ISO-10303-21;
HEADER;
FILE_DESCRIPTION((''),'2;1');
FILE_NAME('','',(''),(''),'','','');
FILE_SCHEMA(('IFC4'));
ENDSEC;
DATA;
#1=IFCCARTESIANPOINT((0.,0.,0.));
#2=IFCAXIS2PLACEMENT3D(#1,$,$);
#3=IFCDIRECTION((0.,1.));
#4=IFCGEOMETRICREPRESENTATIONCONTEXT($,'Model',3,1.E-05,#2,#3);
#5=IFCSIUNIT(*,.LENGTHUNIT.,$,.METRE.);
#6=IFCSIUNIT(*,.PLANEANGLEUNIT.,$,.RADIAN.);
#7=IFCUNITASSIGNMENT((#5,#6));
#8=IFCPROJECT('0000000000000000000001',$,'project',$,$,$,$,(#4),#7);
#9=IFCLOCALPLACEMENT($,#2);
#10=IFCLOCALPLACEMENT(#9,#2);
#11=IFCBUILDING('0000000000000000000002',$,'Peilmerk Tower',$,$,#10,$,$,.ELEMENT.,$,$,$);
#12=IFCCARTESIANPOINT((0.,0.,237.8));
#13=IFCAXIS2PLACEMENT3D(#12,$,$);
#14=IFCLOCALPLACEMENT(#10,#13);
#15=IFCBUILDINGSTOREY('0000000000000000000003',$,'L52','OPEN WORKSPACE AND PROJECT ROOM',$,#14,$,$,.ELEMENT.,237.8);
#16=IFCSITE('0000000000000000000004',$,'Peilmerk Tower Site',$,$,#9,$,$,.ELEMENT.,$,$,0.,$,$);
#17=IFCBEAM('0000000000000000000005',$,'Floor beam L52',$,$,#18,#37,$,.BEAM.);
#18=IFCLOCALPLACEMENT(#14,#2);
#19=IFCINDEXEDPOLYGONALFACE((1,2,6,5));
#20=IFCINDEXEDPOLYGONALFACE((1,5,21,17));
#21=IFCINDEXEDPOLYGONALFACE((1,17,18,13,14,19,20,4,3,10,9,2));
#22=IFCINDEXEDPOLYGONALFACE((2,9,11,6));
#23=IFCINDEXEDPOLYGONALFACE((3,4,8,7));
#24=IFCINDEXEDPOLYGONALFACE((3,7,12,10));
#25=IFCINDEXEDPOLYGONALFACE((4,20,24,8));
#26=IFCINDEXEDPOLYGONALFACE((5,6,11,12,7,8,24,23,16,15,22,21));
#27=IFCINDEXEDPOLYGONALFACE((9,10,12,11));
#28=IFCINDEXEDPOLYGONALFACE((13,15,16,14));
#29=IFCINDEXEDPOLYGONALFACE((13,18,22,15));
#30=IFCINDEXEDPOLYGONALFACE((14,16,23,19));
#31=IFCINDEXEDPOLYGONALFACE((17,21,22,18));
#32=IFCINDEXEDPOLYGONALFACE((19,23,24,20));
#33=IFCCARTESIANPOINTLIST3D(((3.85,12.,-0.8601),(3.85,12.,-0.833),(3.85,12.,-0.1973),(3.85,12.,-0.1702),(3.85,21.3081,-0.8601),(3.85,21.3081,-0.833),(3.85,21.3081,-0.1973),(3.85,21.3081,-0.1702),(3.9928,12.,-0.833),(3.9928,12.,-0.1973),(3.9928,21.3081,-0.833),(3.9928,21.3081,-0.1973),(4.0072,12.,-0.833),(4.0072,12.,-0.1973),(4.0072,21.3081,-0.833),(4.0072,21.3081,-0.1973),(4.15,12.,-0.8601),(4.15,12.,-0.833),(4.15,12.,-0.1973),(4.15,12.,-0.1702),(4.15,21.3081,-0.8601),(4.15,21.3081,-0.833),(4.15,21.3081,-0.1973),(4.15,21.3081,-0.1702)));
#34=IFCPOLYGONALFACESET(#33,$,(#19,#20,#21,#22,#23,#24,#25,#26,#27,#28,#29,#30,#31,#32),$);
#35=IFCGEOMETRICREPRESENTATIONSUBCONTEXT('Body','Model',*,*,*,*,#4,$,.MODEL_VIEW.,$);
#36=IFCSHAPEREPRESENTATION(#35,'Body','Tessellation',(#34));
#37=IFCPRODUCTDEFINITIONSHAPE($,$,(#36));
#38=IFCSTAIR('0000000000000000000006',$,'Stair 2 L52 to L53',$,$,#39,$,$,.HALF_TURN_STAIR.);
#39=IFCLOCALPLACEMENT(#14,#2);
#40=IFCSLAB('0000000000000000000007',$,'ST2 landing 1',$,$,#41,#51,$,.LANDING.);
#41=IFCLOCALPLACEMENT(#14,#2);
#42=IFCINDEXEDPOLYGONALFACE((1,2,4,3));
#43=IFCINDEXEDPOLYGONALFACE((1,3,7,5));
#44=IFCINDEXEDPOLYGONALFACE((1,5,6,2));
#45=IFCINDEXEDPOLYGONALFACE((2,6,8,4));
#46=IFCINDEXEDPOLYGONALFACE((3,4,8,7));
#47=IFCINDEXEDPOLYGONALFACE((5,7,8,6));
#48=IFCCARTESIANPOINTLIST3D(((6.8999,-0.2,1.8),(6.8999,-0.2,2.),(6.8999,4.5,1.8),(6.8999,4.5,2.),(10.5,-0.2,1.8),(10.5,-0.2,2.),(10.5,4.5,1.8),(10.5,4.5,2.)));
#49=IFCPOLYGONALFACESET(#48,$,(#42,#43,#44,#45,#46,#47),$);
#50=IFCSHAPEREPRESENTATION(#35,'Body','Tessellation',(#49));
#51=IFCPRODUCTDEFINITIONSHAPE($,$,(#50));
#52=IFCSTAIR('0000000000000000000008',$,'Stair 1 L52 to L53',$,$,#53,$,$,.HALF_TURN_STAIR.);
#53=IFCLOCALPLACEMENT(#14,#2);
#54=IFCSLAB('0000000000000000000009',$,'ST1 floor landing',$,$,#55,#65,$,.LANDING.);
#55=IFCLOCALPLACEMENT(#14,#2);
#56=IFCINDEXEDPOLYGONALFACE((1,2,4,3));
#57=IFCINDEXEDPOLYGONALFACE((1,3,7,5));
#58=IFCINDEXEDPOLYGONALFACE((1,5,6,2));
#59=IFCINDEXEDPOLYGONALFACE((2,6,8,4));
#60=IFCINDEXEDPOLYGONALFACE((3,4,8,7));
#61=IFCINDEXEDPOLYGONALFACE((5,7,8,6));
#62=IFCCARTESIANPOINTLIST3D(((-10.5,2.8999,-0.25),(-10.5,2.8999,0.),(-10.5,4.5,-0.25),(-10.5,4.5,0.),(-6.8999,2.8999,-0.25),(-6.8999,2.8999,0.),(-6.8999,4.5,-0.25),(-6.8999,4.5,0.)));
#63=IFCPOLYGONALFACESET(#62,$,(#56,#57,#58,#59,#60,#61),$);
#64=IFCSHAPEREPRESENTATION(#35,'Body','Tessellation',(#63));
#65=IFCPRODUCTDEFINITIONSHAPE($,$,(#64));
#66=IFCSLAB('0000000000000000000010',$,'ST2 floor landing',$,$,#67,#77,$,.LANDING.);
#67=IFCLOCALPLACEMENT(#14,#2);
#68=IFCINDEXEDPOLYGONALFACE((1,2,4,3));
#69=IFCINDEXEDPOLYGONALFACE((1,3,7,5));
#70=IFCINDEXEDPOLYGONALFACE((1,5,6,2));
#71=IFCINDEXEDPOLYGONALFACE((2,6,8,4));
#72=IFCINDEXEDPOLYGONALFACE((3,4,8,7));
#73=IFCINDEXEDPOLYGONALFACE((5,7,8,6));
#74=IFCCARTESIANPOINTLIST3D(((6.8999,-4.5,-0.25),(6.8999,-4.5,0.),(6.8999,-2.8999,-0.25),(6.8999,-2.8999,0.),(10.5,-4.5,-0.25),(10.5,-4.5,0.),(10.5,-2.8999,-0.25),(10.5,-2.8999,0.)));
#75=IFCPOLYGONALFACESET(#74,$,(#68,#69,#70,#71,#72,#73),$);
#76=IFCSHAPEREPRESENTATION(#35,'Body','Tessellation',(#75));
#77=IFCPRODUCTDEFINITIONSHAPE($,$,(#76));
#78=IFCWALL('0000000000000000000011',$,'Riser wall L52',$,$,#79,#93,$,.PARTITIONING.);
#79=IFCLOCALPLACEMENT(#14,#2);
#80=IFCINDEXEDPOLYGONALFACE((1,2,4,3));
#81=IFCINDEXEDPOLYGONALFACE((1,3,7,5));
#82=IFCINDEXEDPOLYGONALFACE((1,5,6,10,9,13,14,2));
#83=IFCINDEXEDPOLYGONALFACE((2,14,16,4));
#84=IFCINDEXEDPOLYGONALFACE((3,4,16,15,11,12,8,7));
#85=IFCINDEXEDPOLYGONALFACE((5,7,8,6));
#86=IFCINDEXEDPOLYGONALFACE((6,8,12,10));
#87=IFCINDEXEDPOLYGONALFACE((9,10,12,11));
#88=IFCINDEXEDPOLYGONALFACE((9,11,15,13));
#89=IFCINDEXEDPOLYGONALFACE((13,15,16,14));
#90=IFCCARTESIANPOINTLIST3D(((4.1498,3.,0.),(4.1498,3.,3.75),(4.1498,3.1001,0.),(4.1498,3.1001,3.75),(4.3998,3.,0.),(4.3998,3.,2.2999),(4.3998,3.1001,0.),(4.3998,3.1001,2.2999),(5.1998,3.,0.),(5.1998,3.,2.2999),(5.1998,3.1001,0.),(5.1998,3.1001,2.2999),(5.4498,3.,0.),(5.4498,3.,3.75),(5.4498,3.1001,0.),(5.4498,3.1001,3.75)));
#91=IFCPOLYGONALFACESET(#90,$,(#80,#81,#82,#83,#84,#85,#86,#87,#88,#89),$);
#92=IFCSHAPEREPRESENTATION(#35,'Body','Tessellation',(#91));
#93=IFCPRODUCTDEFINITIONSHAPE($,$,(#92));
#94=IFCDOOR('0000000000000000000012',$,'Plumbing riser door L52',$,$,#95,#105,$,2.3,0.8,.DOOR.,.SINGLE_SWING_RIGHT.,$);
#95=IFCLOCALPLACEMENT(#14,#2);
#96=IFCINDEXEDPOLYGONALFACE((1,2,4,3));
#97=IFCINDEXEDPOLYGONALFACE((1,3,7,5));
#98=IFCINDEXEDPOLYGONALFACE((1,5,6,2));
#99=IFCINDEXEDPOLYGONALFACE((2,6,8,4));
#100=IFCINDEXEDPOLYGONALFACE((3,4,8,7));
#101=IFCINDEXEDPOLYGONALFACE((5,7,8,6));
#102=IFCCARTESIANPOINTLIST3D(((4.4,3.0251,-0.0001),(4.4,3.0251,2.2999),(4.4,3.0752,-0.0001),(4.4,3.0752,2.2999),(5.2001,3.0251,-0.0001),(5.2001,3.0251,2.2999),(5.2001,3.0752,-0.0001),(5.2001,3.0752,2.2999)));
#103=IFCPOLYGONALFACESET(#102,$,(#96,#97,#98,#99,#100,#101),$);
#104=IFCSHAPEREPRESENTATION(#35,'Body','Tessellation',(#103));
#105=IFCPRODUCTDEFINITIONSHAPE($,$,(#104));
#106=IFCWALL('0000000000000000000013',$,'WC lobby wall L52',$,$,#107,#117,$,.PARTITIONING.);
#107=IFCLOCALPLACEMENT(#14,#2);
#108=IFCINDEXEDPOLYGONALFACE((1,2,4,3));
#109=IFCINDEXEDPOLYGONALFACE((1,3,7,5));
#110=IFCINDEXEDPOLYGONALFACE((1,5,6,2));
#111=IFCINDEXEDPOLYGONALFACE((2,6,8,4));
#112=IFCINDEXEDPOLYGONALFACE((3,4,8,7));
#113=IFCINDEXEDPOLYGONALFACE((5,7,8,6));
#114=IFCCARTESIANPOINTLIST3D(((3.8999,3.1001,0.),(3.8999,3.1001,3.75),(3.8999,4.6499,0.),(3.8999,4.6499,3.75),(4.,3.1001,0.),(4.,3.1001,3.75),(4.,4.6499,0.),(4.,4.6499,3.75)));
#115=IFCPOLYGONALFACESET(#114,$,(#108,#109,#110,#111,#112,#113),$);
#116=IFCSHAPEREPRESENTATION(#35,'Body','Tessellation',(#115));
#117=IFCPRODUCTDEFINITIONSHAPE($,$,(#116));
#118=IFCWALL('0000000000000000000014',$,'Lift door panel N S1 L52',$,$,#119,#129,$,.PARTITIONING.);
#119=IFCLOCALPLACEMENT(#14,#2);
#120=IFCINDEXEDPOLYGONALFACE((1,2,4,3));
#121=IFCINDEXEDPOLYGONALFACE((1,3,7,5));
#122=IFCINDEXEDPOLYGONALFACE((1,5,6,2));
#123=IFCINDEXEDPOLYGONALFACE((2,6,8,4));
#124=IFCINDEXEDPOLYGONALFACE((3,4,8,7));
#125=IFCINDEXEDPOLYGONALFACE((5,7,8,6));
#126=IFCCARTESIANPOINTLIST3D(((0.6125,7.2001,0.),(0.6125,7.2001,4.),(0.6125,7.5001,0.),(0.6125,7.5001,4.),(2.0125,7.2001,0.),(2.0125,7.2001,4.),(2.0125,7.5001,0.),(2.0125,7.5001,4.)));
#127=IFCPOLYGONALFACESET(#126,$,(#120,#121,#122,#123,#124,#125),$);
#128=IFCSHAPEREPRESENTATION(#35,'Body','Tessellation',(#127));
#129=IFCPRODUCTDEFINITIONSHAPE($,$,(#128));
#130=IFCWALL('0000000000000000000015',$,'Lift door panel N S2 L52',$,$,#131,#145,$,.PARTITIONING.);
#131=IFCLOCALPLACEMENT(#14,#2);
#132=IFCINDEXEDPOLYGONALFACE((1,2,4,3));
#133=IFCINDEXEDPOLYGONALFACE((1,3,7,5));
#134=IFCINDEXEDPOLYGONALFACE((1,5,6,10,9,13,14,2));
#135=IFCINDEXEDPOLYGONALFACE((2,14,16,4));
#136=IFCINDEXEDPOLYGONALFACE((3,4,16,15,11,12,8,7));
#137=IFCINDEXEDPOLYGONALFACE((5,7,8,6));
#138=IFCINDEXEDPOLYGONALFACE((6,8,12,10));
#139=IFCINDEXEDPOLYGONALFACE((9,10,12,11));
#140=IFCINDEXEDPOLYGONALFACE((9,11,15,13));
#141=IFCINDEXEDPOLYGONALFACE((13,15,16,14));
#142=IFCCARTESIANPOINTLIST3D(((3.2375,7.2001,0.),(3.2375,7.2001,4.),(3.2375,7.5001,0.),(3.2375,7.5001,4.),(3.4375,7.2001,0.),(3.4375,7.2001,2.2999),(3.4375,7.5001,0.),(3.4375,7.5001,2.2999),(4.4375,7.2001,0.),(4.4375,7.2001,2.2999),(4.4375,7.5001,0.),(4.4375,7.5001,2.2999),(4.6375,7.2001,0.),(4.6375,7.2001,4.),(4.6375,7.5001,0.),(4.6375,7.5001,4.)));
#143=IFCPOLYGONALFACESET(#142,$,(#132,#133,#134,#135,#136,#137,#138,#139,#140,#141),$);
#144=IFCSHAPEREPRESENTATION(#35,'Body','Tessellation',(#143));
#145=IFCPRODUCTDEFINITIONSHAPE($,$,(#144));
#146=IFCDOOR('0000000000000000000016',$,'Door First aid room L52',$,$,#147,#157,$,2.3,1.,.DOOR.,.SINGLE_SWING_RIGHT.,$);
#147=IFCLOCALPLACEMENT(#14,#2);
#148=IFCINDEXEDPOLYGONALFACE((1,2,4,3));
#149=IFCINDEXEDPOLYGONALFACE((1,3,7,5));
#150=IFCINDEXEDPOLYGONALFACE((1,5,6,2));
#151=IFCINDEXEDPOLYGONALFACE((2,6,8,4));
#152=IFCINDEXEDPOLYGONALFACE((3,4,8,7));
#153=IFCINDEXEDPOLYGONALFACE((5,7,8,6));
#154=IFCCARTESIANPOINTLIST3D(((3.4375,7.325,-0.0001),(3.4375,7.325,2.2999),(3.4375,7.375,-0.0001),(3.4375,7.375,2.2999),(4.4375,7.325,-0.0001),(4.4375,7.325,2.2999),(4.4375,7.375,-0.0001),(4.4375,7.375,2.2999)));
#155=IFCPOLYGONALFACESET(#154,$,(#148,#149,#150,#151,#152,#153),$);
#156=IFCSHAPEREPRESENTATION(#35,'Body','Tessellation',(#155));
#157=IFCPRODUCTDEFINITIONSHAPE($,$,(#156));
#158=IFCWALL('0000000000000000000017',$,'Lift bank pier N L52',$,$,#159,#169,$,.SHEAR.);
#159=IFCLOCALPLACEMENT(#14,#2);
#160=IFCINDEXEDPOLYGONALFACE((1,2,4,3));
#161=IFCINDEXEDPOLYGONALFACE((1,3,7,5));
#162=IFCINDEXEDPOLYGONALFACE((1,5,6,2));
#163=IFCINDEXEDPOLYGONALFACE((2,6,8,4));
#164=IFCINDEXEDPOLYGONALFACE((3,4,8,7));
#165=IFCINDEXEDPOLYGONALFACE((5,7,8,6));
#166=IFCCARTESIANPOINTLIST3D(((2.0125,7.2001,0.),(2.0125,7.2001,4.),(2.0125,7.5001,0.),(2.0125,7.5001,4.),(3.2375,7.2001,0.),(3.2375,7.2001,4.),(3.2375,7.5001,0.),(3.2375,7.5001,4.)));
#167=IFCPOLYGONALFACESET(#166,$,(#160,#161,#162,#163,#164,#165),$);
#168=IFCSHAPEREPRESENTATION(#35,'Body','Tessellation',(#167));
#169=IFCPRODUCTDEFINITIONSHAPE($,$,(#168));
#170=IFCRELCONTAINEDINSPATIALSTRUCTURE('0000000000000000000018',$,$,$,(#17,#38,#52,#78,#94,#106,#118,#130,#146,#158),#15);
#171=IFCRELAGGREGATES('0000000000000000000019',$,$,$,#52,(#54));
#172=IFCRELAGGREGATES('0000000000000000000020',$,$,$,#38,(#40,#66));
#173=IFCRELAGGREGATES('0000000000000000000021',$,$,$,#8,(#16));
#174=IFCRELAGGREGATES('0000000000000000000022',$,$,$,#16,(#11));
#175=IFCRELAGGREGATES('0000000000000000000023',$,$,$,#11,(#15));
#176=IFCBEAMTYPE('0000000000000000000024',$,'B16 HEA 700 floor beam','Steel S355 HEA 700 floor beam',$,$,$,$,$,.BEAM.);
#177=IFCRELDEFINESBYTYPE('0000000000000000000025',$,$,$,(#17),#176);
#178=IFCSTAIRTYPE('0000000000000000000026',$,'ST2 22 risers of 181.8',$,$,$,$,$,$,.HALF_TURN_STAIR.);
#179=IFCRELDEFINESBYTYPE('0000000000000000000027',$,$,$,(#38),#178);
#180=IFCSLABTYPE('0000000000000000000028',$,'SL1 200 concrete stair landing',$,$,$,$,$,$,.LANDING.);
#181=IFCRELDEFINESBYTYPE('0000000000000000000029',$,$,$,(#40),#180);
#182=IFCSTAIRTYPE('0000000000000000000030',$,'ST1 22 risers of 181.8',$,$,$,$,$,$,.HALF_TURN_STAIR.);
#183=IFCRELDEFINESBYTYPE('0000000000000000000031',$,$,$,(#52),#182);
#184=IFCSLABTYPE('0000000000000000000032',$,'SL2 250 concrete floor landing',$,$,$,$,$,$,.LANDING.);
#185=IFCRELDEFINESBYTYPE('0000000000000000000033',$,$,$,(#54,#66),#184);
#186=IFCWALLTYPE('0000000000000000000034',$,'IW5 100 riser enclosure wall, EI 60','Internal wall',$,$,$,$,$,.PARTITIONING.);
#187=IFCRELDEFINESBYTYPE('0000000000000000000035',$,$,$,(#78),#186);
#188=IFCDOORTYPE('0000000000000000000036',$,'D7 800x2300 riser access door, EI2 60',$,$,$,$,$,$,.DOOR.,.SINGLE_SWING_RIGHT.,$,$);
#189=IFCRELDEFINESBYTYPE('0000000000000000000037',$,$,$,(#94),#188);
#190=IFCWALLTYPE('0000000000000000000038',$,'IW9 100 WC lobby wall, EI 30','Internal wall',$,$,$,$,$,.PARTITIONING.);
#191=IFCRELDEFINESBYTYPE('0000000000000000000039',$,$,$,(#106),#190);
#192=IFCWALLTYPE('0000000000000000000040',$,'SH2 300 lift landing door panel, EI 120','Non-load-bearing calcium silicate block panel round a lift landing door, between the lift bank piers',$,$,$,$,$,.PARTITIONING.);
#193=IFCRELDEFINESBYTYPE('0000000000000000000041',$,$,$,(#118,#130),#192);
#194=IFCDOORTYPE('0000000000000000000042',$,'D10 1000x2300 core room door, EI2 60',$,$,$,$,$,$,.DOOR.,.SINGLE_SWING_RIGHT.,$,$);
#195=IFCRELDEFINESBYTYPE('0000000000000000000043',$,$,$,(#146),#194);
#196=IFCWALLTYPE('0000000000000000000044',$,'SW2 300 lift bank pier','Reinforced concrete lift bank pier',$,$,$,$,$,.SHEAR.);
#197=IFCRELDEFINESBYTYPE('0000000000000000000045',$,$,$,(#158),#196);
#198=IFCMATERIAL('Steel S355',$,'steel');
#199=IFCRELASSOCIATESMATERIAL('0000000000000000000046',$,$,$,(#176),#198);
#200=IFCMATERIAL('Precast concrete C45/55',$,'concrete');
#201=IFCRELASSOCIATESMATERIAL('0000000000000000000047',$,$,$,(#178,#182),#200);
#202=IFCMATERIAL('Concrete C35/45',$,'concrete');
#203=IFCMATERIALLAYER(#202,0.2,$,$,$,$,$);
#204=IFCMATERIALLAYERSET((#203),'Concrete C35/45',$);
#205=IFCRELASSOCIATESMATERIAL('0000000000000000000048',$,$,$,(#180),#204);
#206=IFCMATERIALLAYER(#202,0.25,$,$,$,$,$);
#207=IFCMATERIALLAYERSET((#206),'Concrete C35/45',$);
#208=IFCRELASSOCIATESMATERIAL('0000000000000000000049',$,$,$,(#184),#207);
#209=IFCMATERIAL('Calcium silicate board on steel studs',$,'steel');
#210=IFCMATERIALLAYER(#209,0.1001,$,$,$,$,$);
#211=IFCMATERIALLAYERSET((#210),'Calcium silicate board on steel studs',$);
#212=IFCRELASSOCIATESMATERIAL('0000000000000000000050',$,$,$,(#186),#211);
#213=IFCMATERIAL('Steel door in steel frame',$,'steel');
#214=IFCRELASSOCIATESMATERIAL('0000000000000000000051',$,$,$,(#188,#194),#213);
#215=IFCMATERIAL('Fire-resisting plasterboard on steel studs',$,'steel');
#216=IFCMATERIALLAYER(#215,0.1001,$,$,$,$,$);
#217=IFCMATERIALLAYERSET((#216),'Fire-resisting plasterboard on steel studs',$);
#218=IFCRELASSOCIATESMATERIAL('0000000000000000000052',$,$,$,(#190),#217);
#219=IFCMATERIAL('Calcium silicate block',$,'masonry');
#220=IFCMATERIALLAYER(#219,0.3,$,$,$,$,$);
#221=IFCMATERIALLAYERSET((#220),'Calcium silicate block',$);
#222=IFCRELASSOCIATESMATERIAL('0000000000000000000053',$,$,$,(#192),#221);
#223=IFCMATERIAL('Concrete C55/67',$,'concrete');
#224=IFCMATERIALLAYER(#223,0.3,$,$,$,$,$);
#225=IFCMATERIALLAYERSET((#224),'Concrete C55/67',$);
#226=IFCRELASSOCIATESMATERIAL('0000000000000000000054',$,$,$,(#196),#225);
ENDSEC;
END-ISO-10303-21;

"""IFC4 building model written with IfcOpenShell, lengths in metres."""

from ifc_helpers import new_model, si_unit, direction, frame, frame_2d, origin, origin_2d, place, context, subcontext, project, spatial, polyline, rectangle, i_section, outline, extrude, material, layer, layer_set, material_profile, profile_set, type_object, element, fill, aggregate, save


model = new_model("IFC4")

# Units and contexts
model_context = context("Model", 3, precision=1e-05, world=origin(), true_north=direction((0.0, 1.0)))
body_context = subcontext(model_context, "Body", "Model", "MODEL_VIEW")
ifc_project = project(units=[si_unit("LENGTHUNIT", "METRE"), si_unit("PLANEANGLEUNIT", "RADIAN")], contexts=[model_context])

# Site, building, storey
site_placement = place(None, origin())
site = spatial("IfcSite", under=ifc_project, at=site_placement, Name="Peilmerk Tower Site", CompositionType="ELEMENT", RefElevation=0.0)
building_placement = place(site_placement, origin())
building = spatial("IfcBuilding", under=site, at=building_placement, Name="Peilmerk Tower", CompositionType="ELEMENT")
storey_placement = place(building_placement, frame((0.0, 0.0, 237.8)))
storey = spatial("IfcBuildingStorey", under=building, at=storey_placement, Name="L52", Description="OPEN WORKSPACE AND PROJECT ROOM", CompositionType="ELEMENT", Elevation=237.8)

# Beam
ifc_material_1 = material(Name="Steel S355", Category="steel")
ifc_material_profile = material_profile(ifc_material_1, i_section(OverallWidth=0.3, OverallDepth=0.6899, WebThickness=0.0144, FlangeThickness=0.0271, at=origin_2d()), Name="HEA 700")
ifc_profile_set = profile_set([ifc_material_profile], Name="Steel S355")
beam_type = type_object("IfcBeamType", Name="B16 HEA 700 floor beam", Description="Steel S355 HEA 700 floor beam", PredefinedType="BEAM", material=ifc_profile_set)
beam_placement = place(storey_placement, frame((4.0, 12.0, -0.5151), z_axis=(0.0, 1.0, 0.0), x_axis=(-1.0, 0.0, 0.0)))
element("IfcBeam", 1, at=beam_placement, inside=storey, type_object=beam_type, Name="Floor beam L52", PredefinedType="BEAM", context=body_context, shape_type="SweptSolid", body=[
    extrude(i_section(OverallWidth=0.3, OverallDepth=0.6899, WebThickness=0.0144, FlangeThickness=0.0271, at=origin_2d()), origin(), (0.0, 0.0, 1.0), 9.3081),
])

# Stairs, slabs
ifc_material_2 = material(Name="Precast concrete C45/55", Category="concrete")
stair_type_1 = type_object("IfcStairType", Name="ST2 22 risers of 181.8", PredefinedType="HALF_TURN_STAIR", material=ifc_material_2)
stair_1_placement = place(storey_placement, origin())
stair_1 = element("IfcStair", 2, at=stair_1_placement, inside=storey, type_object=stair_type_1, Name="Stair 2 L52 to L53", PredefinedType="HALF_TURN_STAIR")
ifc_material_3 = material(Name="Concrete C35/45", Category="concrete")
ifc_layer_1 = layer(ifc_material_3, 0.2)
ifc_layer_set_1 = layer_set([ifc_layer_1], Name="Concrete C35/45")
slab_type_1 = type_object("IfcSlabType", Name="SL1 200 concrete stair landing", PredefinedType="LANDING", material=ifc_layer_set_1)
slab_1_placement = place(storey_placement, frame((0.0, 0.0, 1.8)))
slab_1 = element("IfcSlab", 3, at=slab_1_placement, type_object=slab_type_1, Name="ST2 landing 1", PredefinedType="LANDING", context=body_context, shape_type="SweptSolid", body=[
    extrude(outline(polyline([(6.8999, -0.2), (10.5, -0.2), (10.5, 4.5), (6.8999, 4.5), (6.8999, -0.2)])), origin(), (0.0, 0.0, 1.0), 0.2),
])
stair_type_2 = type_object("IfcStairType", Name="ST1 22 risers of 181.8", PredefinedType="HALF_TURN_STAIR", material=ifc_material_2)
stair_2_placement = place(storey_placement, origin())
stair_2 = element("IfcStair", 4, at=stair_2_placement, inside=storey, type_object=stair_type_2, Name="Stair 1 L52 to L53", PredefinedType="HALF_TURN_STAIR")
ifc_layer_2 = layer(ifc_material_3, 0.25)
ifc_layer_set_2 = layer_set([ifc_layer_2], Name="Concrete C35/45")
slab_type_2 = type_object("IfcSlabType", Name="SL2 250 concrete floor landing", PredefinedType="LANDING", material=ifc_layer_set_2)
slab_2_placement = place(storey_placement, frame((0.0, 0.0, -0.25)))
slab_2 = element("IfcSlab", 5, at=slab_2_placement, type_object=slab_type_2, Name="ST1 floor landing", PredefinedType="LANDING", context=body_context, shape_type="SweptSolid", body=[
    extrude(outline(polyline([(-10.5, 2.8999), (-6.8999, 2.8999), (-6.8999, 4.5), (-10.5, 4.5), (-10.5, 2.8999)])), origin(), (0.0, 0.0, 1.0), 0.25),
])
aggregate(stair_2, [slab_2])

# Slab
slab_3_placement = place(storey_placement, frame((0.0, 0.0, -0.25)))
slab_3 = element("IfcSlab", 6, at=slab_3_placement, type_object=slab_type_2, Name="ST2 floor landing", PredefinedType="LANDING", context=body_context, shape_type="SweptSolid", body=[
    extrude(outline(polyline([(6.8999, -4.5), (10.5, -4.5), (10.5, -2.8999), (6.8999, -2.8999), (6.8999, -4.5)])), origin(), (0.0, 0.0, 1.0), 0.25),
])
aggregate(stair_1, [slab_1, slab_3])

# Wall, opening, door
ifc_material_4 = material(Name="Calcium silicate board on steel studs", Category="steel")
ifc_layer_3 = layer(ifc_material_4, 0.1001)
ifc_layer_set_3 = layer_set([ifc_layer_3], Name="Calcium silicate board on steel studs")
wall_type_1 = type_object("IfcWallType", Name="IW5 100 riser enclosure wall, EI 60", Description="Internal wall", PredefinedType="PARTITIONING", material=ifc_layer_set_3)
wall_1_placement = place(storey_placement, frame((4.1499, 3.05, 0.0), z_axis=(0.0, 0.0, 1.0), x_axis=(1.0, 0.0, 0.0)))
wall_1 = element("IfcWall", 7, at=wall_1_placement, inside=storey, type_object=wall_type_1, Name="Riser wall L52", PredefinedType="PARTITIONING", context=body_context, shape_type="SweptSolid", body=[
    extrude(rectangle(XDim=1.3, YDim=0.1001, at=frame_2d((0.6499, 0.0))), origin(), (0.0, 0.0, 1.0), 3.75),
])
opening_1_placement = place(wall_1_placement, frame((0.25, 0.0, 0.0)))
opening_1 = element("IfcOpeningElement", 8, at=opening_1_placement, cuts=wall_1, PredefinedType="OPENING", context=body_context, shape_type="SweptSolid", body=[
    extrude(rectangle(XDim=0.8, YDim=2.3, at=frame_2d((0.3999, 1.1499))), frame((0.0, 0.0601, 0.0), z_axis=(0.0, -1.0, 0.0), x_axis=(1.0, 0.0, 0.0)), (0.0, 0.0, 1.0), 0.1201),
])
ifc_material_5 = material(Name="Steel door in steel frame", Category="steel")
door_type_1 = type_object("IfcDoorType", Name="D7 800x2300 riser access door, EI2 60", OperationType="SINGLE_SWING_RIGHT", PredefinedType="DOOR", material=ifc_material_5)
door_1_placement = place(opening_1_placement, frame((0.8, 0.0, 0.0), z_axis=(0.0, 0.0, 1.0), x_axis=(-1.0, 0.0, 0.0)))
door_1 = element("IfcDoor", 9, at=door_1_placement, inside=storey, type_object=door_type_1, Name="Plumbing riser door L52", OperationType="SINGLE_SWING_RIGHT", OverallHeight=2.3, OverallWidth=0.8, PredefinedType="DOOR", context=body_context, shape_type="SweptSolid", body=[
    extrude(rectangle(XDim=0.8, YDim=2.3, at=frame_2d((0.3999, 1.1499))), frame((0.0, 0.0249, 0.0), z_axis=(0.0, -1.0, 0.0), x_axis=(1.0, 0.0, 0.0)), (0.0, 0.0, 1.0), 0.05),
])
fill(opening_1, door_1)

# Walls
ifc_material_6 = material(Name="Fire-resisting plasterboard on steel studs", Category="steel")
ifc_layer_4 = layer(ifc_material_6, 0.1001)
ifc_layer_set_4 = layer_set([ifc_layer_4], Name="Fire-resisting plasterboard on steel studs")
wall_type_2 = type_object("IfcWallType", Name="IW9 100 WC lobby wall, EI 30", Description="Internal wall", PredefinedType="PARTITIONING", material=ifc_layer_set_4)
wall_2_placement = place(storey_placement, frame((3.95, 3.1001, 0.0), z_axis=(0.0, 0.0, 1.0), x_axis=(0.0, 1.0, 0.0)))
element("IfcWall", 10, at=wall_2_placement, inside=storey, type_object=wall_type_2, Name="WC lobby wall L52", PredefinedType="PARTITIONING", context=body_context, shape_type="SweptSolid", body=[
    extrude(rectangle(XDim=1.5498, YDim=0.1001, at=frame_2d((0.7749, 0.0))), origin(), (0.0, 0.0, 1.0), 3.75),
])
ifc_material_7 = material(Name="Calcium silicate block", Category="masonry")
ifc_layer_5 = layer(ifc_material_7, 0.3)
ifc_layer_set_5 = layer_set([ifc_layer_5], Name="Calcium silicate block")
wall_type_3 = type_object("IfcWallType", Name="SH2 300 lift landing door panel, EI 120", Description="Non-load-bearing calcium silicate block panel round a lift landing door, between the lift bank piers", PredefinedType="PARTITIONING", material=ifc_layer_set_5)
wall_3_placement = place(storey_placement, frame((0.6125, 7.3501, 0.0), z_axis=(0.0, 0.0, 1.0), x_axis=(1.0, 0.0, 0.0)))
element("IfcWall", 11, at=wall_3_placement, inside=storey, type_object=wall_type_3, Name="Lift door panel N S1 L52", PredefinedType="PARTITIONING", context=body_context, shape_type="SweptSolid", body=[
    extrude(rectangle(XDim=1.3999, YDim=0.3, at=frame_2d((0.7, 0.0))), origin(), (0.0, 0.0, 1.0), 4.0),
])

# Wall, opening, door
wall_4_placement = place(storey_placement, frame((3.2375, 7.3501, 0.0), z_axis=(0.0, 0.0, 1.0), x_axis=(1.0, 0.0, 0.0)))
wall_4 = element("IfcWall", 12, at=wall_4_placement, inside=storey, type_object=wall_type_3, Name="Lift door panel N S2 L52", PredefinedType="PARTITIONING", context=body_context, shape_type="SweptSolid", body=[
    extrude(rectangle(XDim=1.3999, YDim=0.3, at=frame_2d((0.7, 0.0))), origin(), (0.0, 0.0, 1.0), 4.0),
])
opening_2_placement = place(wall_4_placement, frame((0.2, 0.0, 0.0)))
opening_2 = element("IfcOpeningElement", 13, at=opening_2_placement, cuts=wall_4, PredefinedType="OPENING", context=body_context, shape_type="SweptSolid", body=[
    extrude(rectangle(XDim=1.0, YDim=2.3, at=frame_2d((0.5, 1.1499))), frame((0.0, 0.1599, 0.0), z_axis=(0.0, -1.0, 0.0), x_axis=(1.0, 0.0, 0.0)), (0.0, 0.0, 1.0), 0.3201),
])
door_type_2 = type_object("IfcDoorType", Name="D10 1000x2300 core room door, EI2 60", OperationType="SINGLE_SWING_RIGHT", PredefinedType="DOOR", material=ifc_material_5)
door_2_placement = place(opening_2_placement, origin())
door_2 = element("IfcDoor", 14, at=door_2_placement, inside=storey, type_object=door_type_2, Name="Door First aid room L52", OperationType="SINGLE_SWING_RIGHT", OverallHeight=2.3, OverallWidth=1.0, PredefinedType="DOOR", context=body_context, shape_type="SweptSolid", body=[
    extrude(rectangle(XDim=1.0, YDim=2.3, at=frame_2d((0.5, 1.1499))), frame((0.0, 0.0249, 0.0), z_axis=(0.0, -1.0, 0.0), x_axis=(1.0, 0.0, 0.0)), (0.0, 0.0, 1.0), 0.05),
])
fill(opening_2, door_2)

# Wall
ifc_material_8 = material(Name="Concrete C55/67", Category="concrete")
ifc_layer_6 = layer(ifc_material_8, 0.3)
ifc_layer_set_6 = layer_set([ifc_layer_6], Name="Concrete C55/67")
wall_type_4 = type_object("IfcWallType", Name="SW2 300 lift bank pier", Description="Reinforced concrete lift bank pier", PredefinedType="SHEAR", material=ifc_layer_set_6)
wall_5_placement = place(storey_placement, frame((2.0125, 7.3501, 0.0), z_axis=(0.0, 0.0, 1.0), x_axis=(1.0, 0.0, 0.0)))
element("IfcWall", 15, at=wall_5_placement, inside=storey, type_object=wall_type_4, Name="Lift bank pier N L52", PredefinedType="SHEAR", context=body_context, shape_type="SweptSolid", body=[
    extrude(rectangle(XDim=1.2251, YDim=0.3, at=frame_2d((0.6125, 0.0))), origin(), (0.0, 0.0, 1.0), 4.0),
])

save(model, "model.ifc")
